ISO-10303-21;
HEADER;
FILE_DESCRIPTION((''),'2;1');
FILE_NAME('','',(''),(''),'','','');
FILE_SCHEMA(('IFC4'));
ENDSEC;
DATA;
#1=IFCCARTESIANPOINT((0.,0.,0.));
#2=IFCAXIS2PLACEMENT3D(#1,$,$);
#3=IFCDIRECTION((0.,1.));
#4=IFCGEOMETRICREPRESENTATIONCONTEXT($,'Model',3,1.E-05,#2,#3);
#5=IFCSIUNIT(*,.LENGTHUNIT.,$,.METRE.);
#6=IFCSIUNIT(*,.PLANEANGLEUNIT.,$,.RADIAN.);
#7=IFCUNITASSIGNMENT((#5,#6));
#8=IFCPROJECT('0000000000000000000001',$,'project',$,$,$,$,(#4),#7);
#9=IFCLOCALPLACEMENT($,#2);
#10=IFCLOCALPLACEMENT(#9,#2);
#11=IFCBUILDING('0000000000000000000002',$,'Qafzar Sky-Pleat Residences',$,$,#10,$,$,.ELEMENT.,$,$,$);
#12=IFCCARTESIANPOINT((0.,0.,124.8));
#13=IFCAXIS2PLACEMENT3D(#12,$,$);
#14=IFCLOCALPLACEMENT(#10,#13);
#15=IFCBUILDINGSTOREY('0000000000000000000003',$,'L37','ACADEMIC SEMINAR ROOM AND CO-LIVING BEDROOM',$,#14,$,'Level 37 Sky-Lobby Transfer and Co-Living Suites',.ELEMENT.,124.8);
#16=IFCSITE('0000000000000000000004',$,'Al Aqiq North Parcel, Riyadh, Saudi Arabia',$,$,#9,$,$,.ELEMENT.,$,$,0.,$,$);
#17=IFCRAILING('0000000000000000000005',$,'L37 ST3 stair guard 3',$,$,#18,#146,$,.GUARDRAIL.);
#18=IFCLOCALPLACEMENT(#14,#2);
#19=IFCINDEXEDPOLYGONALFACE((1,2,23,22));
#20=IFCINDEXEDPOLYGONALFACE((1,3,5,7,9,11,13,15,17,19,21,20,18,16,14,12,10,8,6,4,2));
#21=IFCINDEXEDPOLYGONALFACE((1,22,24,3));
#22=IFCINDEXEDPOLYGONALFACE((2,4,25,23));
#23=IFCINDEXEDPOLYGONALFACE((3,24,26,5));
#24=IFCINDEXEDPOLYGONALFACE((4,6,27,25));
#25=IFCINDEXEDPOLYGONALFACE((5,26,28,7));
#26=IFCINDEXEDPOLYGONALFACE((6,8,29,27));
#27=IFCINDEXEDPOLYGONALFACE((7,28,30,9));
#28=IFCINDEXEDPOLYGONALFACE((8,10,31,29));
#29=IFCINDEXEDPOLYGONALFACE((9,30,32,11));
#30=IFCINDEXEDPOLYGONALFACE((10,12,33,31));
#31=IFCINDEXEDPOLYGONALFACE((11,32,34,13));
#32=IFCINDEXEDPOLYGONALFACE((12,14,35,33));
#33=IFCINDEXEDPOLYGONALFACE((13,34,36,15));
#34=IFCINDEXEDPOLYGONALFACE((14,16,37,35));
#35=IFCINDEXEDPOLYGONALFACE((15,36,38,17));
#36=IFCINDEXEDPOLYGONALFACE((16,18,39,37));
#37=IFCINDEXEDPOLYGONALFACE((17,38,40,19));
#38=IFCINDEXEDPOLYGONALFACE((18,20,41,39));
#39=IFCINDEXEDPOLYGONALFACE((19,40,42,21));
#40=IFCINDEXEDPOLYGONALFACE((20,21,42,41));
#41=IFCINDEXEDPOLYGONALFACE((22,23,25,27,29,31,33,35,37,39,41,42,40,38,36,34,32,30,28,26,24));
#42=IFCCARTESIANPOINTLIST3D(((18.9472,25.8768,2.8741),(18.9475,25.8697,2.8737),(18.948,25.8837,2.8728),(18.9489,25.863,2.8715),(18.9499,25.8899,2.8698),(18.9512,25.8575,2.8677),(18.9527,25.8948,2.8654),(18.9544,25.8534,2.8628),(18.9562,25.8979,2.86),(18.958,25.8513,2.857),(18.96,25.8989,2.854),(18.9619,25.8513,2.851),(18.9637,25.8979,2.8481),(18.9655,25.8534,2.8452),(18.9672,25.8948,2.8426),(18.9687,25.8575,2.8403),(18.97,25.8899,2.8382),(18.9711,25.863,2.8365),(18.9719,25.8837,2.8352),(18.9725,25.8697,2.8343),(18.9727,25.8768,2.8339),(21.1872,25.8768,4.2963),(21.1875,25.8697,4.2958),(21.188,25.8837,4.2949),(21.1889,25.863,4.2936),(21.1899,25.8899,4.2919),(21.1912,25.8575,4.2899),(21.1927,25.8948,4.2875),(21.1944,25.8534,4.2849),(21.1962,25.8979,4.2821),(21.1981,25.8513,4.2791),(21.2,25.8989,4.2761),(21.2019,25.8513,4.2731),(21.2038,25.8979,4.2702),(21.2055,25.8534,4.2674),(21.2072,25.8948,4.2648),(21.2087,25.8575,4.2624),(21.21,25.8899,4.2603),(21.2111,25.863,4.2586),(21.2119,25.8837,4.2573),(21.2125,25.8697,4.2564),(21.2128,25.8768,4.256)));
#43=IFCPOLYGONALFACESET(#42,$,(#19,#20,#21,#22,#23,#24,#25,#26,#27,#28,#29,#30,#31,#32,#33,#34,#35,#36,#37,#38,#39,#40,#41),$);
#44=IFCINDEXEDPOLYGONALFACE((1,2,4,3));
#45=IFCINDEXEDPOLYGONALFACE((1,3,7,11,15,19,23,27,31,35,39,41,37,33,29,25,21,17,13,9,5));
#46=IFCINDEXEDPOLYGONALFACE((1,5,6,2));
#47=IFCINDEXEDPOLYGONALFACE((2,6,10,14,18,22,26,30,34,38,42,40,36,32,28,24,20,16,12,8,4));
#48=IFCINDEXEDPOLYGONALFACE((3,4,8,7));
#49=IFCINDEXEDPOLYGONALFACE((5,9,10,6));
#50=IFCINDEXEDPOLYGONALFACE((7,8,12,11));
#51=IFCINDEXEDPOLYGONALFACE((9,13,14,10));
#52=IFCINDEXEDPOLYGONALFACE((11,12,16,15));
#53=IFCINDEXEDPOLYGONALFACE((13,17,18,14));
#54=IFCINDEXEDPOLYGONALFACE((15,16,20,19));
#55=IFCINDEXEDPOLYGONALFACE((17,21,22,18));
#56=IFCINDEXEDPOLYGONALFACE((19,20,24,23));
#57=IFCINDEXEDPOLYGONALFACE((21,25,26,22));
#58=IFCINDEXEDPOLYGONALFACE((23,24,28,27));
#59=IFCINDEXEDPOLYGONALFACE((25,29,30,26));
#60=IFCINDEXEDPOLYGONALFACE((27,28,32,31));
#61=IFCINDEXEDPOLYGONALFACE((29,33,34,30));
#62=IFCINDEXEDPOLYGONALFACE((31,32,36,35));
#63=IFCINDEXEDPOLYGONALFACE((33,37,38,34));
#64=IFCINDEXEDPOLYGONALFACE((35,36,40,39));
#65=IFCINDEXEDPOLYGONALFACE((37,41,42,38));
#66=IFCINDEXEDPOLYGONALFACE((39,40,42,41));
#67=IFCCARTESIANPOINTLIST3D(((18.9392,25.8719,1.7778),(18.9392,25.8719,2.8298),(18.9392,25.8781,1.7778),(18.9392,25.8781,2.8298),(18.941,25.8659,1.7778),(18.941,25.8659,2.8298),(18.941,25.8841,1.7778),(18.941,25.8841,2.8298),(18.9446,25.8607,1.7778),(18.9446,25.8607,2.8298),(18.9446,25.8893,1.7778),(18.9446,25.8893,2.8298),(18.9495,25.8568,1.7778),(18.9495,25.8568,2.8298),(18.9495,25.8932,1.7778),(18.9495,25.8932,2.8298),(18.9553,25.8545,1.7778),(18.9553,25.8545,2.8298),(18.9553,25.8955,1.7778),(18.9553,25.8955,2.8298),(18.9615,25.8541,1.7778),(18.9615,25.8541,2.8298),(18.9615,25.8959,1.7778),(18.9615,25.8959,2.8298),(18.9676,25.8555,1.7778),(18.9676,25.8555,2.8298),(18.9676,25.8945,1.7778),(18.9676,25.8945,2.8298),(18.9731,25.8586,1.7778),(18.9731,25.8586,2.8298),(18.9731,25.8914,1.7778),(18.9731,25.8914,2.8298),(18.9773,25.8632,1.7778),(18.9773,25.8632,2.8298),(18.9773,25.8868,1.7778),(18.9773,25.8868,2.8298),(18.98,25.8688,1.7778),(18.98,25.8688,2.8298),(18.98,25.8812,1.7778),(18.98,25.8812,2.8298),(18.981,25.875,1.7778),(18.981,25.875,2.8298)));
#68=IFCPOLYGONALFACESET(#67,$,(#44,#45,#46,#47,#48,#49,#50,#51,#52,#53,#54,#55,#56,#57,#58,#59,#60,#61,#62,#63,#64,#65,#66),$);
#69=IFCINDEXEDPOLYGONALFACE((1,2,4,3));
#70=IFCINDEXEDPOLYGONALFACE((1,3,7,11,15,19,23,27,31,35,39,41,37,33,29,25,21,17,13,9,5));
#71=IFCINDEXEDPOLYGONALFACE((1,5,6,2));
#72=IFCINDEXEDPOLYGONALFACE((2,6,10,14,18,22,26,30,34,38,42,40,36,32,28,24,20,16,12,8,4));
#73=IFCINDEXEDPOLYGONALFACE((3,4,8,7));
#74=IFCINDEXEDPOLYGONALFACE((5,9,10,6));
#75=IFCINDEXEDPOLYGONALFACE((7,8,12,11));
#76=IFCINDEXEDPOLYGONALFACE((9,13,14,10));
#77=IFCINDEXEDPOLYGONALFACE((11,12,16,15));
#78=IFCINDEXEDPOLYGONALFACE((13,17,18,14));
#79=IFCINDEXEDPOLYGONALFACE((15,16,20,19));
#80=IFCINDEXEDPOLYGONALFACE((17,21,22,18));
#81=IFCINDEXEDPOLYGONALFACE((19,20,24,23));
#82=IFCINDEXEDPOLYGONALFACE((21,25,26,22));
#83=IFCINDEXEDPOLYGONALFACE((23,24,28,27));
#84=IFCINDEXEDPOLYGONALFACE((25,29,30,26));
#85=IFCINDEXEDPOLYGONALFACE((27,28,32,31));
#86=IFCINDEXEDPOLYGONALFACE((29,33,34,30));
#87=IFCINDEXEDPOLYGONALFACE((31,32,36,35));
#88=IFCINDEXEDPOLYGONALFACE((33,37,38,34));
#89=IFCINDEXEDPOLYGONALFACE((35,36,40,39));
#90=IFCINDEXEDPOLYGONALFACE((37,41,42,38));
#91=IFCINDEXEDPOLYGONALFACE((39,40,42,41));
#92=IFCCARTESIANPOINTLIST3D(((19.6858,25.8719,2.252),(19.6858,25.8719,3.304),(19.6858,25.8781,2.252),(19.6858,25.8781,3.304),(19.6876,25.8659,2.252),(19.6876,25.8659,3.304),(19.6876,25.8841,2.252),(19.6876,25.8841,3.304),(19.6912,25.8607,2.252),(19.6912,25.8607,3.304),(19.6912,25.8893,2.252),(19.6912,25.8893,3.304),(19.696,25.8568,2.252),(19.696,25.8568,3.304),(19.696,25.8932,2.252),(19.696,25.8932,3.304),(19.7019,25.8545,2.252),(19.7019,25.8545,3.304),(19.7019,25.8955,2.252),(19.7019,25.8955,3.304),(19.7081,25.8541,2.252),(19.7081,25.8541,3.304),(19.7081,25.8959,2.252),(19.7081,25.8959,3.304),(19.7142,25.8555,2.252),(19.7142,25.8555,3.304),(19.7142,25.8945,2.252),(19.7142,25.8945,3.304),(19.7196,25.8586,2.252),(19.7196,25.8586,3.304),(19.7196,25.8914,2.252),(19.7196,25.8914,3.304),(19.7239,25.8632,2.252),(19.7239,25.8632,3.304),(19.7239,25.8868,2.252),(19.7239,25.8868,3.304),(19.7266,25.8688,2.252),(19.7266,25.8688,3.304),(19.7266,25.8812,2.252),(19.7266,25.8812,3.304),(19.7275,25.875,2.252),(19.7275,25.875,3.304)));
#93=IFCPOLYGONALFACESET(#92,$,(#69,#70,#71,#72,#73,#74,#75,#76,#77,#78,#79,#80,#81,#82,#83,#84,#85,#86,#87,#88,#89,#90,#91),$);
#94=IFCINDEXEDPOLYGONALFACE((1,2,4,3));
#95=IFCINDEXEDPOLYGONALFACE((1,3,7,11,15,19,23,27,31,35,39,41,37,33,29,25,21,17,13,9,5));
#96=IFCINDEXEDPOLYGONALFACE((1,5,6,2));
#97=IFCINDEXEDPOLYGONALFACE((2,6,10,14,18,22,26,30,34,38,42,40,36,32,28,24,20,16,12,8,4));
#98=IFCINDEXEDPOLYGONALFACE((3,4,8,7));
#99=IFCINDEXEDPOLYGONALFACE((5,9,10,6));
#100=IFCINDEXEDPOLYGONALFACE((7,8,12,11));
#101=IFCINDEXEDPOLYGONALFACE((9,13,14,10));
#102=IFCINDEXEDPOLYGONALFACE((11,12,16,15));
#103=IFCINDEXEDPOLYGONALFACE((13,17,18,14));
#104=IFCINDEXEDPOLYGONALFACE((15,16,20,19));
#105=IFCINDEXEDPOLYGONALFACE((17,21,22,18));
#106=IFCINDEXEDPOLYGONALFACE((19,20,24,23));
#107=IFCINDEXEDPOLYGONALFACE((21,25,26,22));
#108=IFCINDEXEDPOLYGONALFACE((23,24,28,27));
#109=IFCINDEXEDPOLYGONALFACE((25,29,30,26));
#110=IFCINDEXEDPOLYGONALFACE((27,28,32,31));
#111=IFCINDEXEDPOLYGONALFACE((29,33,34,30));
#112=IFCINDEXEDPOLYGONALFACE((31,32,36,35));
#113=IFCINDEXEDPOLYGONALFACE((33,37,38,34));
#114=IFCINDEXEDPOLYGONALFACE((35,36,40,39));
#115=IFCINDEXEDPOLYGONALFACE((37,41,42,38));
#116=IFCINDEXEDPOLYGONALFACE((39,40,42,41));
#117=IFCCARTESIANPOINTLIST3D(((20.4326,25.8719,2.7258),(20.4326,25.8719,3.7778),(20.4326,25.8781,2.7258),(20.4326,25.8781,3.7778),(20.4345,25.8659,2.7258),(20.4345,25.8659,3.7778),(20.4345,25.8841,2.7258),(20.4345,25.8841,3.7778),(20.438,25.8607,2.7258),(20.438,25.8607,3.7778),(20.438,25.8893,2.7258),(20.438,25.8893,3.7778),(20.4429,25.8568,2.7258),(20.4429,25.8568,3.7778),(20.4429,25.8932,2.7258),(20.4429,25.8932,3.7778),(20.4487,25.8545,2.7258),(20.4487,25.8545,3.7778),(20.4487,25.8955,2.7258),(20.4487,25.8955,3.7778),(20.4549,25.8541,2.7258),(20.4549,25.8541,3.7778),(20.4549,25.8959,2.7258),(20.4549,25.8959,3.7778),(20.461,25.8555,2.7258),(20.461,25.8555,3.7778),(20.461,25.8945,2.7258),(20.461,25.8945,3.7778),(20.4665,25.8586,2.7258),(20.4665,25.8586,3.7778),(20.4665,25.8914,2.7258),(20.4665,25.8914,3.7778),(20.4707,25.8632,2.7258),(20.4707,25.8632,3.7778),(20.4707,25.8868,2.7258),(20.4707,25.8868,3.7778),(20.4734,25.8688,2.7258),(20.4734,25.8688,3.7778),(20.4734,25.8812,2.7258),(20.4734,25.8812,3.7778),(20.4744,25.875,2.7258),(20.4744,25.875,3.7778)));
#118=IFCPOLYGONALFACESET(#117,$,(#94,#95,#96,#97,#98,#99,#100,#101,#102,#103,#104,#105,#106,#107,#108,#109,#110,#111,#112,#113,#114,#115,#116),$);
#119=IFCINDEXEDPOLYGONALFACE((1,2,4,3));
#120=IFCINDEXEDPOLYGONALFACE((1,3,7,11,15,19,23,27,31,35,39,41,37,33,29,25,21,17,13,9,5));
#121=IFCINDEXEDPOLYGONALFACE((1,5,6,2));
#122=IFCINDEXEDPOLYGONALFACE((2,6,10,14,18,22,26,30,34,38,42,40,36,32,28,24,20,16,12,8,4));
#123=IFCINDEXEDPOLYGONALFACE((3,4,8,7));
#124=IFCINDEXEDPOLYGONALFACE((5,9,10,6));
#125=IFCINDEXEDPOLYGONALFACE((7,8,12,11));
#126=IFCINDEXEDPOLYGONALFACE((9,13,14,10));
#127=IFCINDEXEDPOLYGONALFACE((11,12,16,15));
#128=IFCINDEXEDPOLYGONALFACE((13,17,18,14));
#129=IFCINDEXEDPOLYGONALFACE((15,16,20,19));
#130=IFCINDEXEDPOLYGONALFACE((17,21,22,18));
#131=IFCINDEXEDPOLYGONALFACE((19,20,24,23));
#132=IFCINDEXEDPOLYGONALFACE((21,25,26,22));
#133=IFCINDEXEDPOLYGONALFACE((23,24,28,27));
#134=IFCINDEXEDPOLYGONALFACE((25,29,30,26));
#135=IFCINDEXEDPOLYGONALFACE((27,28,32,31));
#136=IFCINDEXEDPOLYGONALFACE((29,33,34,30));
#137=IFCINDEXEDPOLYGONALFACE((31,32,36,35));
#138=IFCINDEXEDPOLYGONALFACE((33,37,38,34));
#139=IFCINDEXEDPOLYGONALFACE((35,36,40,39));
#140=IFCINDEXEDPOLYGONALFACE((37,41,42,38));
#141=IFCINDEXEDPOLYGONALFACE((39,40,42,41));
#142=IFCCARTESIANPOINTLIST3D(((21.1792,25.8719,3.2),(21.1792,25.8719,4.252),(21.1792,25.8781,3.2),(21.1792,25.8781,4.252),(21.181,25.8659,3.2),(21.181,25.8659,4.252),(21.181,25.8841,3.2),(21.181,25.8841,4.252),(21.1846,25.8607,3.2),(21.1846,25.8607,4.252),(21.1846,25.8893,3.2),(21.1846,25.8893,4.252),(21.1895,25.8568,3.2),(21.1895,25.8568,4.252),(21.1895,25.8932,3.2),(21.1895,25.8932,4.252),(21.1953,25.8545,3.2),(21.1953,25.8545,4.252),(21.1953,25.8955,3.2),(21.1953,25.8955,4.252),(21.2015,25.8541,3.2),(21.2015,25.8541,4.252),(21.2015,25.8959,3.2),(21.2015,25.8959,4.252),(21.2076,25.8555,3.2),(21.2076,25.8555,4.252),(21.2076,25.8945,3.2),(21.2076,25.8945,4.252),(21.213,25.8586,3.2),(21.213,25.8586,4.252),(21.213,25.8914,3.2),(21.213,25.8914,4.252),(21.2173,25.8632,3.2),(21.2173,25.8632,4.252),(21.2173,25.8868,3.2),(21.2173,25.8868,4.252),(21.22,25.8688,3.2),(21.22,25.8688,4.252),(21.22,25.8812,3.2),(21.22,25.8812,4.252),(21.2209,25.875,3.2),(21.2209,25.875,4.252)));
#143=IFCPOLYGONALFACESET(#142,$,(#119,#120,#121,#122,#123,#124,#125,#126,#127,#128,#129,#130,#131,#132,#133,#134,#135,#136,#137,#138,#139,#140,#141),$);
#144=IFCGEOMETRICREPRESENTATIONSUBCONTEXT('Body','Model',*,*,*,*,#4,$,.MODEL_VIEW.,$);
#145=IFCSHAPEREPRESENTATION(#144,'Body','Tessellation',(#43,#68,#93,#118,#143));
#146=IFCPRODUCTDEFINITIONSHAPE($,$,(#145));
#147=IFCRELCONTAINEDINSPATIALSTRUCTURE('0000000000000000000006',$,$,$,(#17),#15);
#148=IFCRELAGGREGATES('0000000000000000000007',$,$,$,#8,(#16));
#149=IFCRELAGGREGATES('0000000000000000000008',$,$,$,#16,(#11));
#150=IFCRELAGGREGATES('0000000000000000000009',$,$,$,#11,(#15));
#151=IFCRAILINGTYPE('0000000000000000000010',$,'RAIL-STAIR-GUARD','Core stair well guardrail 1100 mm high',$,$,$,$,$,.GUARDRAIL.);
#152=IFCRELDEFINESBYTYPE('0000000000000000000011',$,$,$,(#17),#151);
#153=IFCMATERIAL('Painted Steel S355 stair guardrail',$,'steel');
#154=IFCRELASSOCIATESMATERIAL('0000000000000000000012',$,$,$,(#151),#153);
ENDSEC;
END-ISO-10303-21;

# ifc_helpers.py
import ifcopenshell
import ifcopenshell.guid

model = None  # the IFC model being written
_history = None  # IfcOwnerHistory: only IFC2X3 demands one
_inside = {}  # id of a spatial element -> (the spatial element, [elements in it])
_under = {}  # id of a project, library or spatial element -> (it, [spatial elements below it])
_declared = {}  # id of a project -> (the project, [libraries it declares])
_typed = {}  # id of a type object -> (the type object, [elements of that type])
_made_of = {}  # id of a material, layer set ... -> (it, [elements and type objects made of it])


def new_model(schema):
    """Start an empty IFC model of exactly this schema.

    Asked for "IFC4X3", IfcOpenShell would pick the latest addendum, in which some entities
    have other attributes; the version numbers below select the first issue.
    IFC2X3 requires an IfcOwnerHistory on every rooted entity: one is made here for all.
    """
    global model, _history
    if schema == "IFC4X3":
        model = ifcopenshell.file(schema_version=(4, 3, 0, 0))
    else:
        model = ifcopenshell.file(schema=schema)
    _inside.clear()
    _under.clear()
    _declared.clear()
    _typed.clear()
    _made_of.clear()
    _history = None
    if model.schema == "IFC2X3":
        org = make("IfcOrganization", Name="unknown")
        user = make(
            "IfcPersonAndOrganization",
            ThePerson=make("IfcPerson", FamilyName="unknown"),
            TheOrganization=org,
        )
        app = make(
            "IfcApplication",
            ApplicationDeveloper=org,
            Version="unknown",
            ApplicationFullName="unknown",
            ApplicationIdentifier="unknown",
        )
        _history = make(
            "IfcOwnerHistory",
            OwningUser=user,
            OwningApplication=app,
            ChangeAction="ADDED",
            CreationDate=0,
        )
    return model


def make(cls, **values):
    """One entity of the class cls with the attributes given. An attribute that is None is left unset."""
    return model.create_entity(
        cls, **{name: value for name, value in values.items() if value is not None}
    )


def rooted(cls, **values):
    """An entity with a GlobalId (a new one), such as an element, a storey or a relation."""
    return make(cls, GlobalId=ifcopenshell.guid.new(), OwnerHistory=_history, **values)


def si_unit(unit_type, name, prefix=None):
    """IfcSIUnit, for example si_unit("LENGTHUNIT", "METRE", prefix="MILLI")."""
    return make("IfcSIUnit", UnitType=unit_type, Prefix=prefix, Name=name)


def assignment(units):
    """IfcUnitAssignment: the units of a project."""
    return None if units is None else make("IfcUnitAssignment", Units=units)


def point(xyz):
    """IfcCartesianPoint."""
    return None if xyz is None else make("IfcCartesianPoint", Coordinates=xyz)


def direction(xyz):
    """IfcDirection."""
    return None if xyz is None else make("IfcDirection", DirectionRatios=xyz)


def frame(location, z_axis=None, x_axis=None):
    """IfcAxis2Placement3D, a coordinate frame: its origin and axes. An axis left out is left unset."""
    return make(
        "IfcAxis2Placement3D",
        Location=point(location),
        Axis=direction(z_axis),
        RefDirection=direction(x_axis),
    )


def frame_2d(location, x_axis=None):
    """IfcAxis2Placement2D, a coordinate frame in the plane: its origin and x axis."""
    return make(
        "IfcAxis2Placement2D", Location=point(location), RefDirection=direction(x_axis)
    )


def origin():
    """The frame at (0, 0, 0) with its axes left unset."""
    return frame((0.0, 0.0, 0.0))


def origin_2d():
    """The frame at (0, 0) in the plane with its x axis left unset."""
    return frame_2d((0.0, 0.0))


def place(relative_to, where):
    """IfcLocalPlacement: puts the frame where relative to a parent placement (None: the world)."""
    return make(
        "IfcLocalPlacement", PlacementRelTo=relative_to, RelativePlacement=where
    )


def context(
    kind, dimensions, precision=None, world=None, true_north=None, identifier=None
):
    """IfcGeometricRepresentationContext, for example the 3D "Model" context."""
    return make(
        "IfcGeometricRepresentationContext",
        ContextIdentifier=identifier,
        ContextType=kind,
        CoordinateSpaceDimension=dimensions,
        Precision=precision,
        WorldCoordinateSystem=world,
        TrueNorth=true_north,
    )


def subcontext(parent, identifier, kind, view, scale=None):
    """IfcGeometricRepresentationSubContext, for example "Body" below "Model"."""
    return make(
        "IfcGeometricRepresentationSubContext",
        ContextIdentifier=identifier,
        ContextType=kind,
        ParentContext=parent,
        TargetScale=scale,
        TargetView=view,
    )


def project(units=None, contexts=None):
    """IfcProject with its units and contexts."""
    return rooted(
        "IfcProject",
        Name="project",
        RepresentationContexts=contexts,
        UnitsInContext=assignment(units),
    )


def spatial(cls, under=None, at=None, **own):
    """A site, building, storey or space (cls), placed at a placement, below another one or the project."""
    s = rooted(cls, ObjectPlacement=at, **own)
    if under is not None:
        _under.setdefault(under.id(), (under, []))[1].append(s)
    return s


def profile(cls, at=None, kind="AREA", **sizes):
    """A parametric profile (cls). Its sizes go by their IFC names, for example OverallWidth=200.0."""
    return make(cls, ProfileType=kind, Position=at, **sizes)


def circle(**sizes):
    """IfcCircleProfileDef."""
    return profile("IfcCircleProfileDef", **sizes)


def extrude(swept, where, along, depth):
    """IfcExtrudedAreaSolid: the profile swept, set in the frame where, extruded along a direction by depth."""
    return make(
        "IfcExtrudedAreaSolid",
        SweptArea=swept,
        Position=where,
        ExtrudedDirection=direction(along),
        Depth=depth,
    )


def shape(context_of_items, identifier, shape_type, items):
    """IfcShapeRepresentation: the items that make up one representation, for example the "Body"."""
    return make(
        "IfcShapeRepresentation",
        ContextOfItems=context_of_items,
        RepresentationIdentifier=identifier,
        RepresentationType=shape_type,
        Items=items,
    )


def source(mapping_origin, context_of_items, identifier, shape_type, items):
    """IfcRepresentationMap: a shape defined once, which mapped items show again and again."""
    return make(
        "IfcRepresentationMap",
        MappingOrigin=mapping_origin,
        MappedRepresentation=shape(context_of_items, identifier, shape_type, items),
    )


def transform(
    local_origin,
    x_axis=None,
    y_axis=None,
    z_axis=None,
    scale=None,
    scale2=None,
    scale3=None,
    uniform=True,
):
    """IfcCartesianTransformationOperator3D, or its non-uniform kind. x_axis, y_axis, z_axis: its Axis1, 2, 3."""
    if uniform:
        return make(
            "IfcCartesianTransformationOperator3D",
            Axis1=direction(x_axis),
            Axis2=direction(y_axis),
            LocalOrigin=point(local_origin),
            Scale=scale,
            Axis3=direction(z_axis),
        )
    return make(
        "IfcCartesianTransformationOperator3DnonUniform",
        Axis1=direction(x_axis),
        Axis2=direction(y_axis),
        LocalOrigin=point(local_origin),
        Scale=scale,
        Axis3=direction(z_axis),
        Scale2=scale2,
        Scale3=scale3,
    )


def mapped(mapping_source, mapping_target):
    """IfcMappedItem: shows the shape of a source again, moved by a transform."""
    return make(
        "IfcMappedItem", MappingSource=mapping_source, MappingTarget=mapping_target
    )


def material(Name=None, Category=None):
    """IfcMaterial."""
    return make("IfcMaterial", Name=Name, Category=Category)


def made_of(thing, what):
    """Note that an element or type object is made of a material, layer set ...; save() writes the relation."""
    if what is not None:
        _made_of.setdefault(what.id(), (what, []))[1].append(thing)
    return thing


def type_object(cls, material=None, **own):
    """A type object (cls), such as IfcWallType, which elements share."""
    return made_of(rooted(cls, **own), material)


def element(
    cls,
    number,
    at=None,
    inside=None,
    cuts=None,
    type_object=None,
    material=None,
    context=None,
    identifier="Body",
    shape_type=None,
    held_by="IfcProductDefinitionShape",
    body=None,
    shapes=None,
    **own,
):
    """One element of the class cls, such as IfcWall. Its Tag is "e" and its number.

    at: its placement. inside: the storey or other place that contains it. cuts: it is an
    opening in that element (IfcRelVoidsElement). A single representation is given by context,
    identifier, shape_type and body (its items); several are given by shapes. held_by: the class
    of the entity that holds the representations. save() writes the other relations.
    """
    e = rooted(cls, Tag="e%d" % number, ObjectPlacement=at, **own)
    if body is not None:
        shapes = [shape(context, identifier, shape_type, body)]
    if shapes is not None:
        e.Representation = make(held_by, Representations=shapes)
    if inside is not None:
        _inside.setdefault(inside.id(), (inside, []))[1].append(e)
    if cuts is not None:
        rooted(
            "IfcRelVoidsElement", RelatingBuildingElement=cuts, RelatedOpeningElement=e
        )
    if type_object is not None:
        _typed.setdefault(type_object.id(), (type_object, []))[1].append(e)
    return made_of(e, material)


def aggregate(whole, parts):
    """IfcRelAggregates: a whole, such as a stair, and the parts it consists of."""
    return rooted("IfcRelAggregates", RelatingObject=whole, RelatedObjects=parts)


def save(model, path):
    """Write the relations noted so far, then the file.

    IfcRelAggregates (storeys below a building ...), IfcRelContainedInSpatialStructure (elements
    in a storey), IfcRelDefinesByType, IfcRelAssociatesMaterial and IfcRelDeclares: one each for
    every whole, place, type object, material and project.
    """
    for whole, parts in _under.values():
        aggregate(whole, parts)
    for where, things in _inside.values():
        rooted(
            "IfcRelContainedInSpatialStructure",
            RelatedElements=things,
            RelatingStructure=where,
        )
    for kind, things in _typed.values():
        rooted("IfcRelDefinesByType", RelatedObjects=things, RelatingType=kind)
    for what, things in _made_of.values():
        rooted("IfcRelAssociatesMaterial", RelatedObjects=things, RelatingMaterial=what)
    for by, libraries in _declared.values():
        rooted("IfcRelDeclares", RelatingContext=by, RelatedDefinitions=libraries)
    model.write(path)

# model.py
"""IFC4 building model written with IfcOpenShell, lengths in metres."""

from ifc_helpers import new_model, si_unit, direction, frame, origin, origin_2d, place, context, subcontext, project, spatial, circle, extrude, source, transform, mapped, material, type_object, element, save


model = new_model("IFC4")

# Units and contexts
model_context = context("Model", 3, precision=1e-05, world=origin(), true_north=direction((0.0, 1.0)))
body_context = subcontext(model_context, "Body", "Model", "MODEL_VIEW")
ifc_project = project(units=[si_unit("LENGTHUNIT", "METRE"), si_unit("PLANEANGLEUNIT", "RADIAN")], contexts=[model_context])

# Site, building, storey
site_placement = place(None, origin())
site = spatial("IfcSite", under=ifc_project, at=site_placement, Name="Al Aqiq North Parcel, Riyadh, Saudi Arabia", CompositionType="ELEMENT", RefElevation=0.0)
building_placement = place(site_placement, origin())
building = spatial("IfcBuilding", under=site, at=building_placement, Name="Qafzar Sky-Pleat Residences", CompositionType="ELEMENT")
storey_placement = place(building_placement, frame((0.0, 0.0, 124.8)))
storey = spatial("IfcBuildingStorey", under=building, at=storey_placement, Name="L37", Description="ACADEMIC SEMINAR ROOM AND CO-LIVING BEDROOM", LongName="Level 37 Sky-Lobby Transfer and Co-Living Suites", CompositionType="ELEMENT", Elevation=124.8)

# Railing
ifc_material_1 = material(Name="Painted Steel S355 stair guardrail", Category="steel")
railing_type_1 = type_object("IfcRailingType", Name="RAIL-STAIR-GUARD", Description="Core stair well guardrail 1100 mm high", PredefinedType="GUARDRAIL", material=ifc_material_1)
shared_shape_1 = source(origin(), body_context, "Body", "SweptSolid", [
    extrude(circle(Radius=0.0239, at=origin_2d()), frame((0.0, 0.0, 1.0762), z_axis=(0.844229, 0.0, 0.535982), x_axis=(0.0, 1.0, 0.0)), (0.0, 0.0, 1.0), 2.6533),
    extrude(circle(Radius=0.021, at=origin_2d()), origin(), (0.0, 0.0, 1.0), 1.052),
    extrude(circle(Radius=0.021, at=origin_2d()), frame((0.7466, 0.0, 0.4741)), (0.0, 0.0, 1.0), 1.052),
    extrude(circle(Radius=0.021, at=origin_2d()), frame((1.4934, 0.0, 0.948)), (0.0, 0.0, 1.0), 1.052),
    extrude(circle(Radius=0.021, at=origin_2d()), frame((2.24, 0.0, 1.4221)), (0.0, 0.0, 1.0), 1.052),
])
railing_1_placement = place(storey_placement, frame((18.96, 25.875, 1.7778)))
element("IfcRailing", 1, at=railing_1_placement, inside=storey, type_object=railing_type_1, Name="L37 ST3 stair guard 3", PredefinedType="GUARDRAIL", context=body_context, shape_type="MappedRepresentation", body=[
    mapped(shared_shape_1, transform((0.0, 0.0, 0.0), x_axis=(1.0, 0.0, 0.0), y_axis=(0.0, 1.0, 0.0), z_axis=(0.0, 0.0, 1.0), scale=1.0)),
])

save(model, "model.ifc")
